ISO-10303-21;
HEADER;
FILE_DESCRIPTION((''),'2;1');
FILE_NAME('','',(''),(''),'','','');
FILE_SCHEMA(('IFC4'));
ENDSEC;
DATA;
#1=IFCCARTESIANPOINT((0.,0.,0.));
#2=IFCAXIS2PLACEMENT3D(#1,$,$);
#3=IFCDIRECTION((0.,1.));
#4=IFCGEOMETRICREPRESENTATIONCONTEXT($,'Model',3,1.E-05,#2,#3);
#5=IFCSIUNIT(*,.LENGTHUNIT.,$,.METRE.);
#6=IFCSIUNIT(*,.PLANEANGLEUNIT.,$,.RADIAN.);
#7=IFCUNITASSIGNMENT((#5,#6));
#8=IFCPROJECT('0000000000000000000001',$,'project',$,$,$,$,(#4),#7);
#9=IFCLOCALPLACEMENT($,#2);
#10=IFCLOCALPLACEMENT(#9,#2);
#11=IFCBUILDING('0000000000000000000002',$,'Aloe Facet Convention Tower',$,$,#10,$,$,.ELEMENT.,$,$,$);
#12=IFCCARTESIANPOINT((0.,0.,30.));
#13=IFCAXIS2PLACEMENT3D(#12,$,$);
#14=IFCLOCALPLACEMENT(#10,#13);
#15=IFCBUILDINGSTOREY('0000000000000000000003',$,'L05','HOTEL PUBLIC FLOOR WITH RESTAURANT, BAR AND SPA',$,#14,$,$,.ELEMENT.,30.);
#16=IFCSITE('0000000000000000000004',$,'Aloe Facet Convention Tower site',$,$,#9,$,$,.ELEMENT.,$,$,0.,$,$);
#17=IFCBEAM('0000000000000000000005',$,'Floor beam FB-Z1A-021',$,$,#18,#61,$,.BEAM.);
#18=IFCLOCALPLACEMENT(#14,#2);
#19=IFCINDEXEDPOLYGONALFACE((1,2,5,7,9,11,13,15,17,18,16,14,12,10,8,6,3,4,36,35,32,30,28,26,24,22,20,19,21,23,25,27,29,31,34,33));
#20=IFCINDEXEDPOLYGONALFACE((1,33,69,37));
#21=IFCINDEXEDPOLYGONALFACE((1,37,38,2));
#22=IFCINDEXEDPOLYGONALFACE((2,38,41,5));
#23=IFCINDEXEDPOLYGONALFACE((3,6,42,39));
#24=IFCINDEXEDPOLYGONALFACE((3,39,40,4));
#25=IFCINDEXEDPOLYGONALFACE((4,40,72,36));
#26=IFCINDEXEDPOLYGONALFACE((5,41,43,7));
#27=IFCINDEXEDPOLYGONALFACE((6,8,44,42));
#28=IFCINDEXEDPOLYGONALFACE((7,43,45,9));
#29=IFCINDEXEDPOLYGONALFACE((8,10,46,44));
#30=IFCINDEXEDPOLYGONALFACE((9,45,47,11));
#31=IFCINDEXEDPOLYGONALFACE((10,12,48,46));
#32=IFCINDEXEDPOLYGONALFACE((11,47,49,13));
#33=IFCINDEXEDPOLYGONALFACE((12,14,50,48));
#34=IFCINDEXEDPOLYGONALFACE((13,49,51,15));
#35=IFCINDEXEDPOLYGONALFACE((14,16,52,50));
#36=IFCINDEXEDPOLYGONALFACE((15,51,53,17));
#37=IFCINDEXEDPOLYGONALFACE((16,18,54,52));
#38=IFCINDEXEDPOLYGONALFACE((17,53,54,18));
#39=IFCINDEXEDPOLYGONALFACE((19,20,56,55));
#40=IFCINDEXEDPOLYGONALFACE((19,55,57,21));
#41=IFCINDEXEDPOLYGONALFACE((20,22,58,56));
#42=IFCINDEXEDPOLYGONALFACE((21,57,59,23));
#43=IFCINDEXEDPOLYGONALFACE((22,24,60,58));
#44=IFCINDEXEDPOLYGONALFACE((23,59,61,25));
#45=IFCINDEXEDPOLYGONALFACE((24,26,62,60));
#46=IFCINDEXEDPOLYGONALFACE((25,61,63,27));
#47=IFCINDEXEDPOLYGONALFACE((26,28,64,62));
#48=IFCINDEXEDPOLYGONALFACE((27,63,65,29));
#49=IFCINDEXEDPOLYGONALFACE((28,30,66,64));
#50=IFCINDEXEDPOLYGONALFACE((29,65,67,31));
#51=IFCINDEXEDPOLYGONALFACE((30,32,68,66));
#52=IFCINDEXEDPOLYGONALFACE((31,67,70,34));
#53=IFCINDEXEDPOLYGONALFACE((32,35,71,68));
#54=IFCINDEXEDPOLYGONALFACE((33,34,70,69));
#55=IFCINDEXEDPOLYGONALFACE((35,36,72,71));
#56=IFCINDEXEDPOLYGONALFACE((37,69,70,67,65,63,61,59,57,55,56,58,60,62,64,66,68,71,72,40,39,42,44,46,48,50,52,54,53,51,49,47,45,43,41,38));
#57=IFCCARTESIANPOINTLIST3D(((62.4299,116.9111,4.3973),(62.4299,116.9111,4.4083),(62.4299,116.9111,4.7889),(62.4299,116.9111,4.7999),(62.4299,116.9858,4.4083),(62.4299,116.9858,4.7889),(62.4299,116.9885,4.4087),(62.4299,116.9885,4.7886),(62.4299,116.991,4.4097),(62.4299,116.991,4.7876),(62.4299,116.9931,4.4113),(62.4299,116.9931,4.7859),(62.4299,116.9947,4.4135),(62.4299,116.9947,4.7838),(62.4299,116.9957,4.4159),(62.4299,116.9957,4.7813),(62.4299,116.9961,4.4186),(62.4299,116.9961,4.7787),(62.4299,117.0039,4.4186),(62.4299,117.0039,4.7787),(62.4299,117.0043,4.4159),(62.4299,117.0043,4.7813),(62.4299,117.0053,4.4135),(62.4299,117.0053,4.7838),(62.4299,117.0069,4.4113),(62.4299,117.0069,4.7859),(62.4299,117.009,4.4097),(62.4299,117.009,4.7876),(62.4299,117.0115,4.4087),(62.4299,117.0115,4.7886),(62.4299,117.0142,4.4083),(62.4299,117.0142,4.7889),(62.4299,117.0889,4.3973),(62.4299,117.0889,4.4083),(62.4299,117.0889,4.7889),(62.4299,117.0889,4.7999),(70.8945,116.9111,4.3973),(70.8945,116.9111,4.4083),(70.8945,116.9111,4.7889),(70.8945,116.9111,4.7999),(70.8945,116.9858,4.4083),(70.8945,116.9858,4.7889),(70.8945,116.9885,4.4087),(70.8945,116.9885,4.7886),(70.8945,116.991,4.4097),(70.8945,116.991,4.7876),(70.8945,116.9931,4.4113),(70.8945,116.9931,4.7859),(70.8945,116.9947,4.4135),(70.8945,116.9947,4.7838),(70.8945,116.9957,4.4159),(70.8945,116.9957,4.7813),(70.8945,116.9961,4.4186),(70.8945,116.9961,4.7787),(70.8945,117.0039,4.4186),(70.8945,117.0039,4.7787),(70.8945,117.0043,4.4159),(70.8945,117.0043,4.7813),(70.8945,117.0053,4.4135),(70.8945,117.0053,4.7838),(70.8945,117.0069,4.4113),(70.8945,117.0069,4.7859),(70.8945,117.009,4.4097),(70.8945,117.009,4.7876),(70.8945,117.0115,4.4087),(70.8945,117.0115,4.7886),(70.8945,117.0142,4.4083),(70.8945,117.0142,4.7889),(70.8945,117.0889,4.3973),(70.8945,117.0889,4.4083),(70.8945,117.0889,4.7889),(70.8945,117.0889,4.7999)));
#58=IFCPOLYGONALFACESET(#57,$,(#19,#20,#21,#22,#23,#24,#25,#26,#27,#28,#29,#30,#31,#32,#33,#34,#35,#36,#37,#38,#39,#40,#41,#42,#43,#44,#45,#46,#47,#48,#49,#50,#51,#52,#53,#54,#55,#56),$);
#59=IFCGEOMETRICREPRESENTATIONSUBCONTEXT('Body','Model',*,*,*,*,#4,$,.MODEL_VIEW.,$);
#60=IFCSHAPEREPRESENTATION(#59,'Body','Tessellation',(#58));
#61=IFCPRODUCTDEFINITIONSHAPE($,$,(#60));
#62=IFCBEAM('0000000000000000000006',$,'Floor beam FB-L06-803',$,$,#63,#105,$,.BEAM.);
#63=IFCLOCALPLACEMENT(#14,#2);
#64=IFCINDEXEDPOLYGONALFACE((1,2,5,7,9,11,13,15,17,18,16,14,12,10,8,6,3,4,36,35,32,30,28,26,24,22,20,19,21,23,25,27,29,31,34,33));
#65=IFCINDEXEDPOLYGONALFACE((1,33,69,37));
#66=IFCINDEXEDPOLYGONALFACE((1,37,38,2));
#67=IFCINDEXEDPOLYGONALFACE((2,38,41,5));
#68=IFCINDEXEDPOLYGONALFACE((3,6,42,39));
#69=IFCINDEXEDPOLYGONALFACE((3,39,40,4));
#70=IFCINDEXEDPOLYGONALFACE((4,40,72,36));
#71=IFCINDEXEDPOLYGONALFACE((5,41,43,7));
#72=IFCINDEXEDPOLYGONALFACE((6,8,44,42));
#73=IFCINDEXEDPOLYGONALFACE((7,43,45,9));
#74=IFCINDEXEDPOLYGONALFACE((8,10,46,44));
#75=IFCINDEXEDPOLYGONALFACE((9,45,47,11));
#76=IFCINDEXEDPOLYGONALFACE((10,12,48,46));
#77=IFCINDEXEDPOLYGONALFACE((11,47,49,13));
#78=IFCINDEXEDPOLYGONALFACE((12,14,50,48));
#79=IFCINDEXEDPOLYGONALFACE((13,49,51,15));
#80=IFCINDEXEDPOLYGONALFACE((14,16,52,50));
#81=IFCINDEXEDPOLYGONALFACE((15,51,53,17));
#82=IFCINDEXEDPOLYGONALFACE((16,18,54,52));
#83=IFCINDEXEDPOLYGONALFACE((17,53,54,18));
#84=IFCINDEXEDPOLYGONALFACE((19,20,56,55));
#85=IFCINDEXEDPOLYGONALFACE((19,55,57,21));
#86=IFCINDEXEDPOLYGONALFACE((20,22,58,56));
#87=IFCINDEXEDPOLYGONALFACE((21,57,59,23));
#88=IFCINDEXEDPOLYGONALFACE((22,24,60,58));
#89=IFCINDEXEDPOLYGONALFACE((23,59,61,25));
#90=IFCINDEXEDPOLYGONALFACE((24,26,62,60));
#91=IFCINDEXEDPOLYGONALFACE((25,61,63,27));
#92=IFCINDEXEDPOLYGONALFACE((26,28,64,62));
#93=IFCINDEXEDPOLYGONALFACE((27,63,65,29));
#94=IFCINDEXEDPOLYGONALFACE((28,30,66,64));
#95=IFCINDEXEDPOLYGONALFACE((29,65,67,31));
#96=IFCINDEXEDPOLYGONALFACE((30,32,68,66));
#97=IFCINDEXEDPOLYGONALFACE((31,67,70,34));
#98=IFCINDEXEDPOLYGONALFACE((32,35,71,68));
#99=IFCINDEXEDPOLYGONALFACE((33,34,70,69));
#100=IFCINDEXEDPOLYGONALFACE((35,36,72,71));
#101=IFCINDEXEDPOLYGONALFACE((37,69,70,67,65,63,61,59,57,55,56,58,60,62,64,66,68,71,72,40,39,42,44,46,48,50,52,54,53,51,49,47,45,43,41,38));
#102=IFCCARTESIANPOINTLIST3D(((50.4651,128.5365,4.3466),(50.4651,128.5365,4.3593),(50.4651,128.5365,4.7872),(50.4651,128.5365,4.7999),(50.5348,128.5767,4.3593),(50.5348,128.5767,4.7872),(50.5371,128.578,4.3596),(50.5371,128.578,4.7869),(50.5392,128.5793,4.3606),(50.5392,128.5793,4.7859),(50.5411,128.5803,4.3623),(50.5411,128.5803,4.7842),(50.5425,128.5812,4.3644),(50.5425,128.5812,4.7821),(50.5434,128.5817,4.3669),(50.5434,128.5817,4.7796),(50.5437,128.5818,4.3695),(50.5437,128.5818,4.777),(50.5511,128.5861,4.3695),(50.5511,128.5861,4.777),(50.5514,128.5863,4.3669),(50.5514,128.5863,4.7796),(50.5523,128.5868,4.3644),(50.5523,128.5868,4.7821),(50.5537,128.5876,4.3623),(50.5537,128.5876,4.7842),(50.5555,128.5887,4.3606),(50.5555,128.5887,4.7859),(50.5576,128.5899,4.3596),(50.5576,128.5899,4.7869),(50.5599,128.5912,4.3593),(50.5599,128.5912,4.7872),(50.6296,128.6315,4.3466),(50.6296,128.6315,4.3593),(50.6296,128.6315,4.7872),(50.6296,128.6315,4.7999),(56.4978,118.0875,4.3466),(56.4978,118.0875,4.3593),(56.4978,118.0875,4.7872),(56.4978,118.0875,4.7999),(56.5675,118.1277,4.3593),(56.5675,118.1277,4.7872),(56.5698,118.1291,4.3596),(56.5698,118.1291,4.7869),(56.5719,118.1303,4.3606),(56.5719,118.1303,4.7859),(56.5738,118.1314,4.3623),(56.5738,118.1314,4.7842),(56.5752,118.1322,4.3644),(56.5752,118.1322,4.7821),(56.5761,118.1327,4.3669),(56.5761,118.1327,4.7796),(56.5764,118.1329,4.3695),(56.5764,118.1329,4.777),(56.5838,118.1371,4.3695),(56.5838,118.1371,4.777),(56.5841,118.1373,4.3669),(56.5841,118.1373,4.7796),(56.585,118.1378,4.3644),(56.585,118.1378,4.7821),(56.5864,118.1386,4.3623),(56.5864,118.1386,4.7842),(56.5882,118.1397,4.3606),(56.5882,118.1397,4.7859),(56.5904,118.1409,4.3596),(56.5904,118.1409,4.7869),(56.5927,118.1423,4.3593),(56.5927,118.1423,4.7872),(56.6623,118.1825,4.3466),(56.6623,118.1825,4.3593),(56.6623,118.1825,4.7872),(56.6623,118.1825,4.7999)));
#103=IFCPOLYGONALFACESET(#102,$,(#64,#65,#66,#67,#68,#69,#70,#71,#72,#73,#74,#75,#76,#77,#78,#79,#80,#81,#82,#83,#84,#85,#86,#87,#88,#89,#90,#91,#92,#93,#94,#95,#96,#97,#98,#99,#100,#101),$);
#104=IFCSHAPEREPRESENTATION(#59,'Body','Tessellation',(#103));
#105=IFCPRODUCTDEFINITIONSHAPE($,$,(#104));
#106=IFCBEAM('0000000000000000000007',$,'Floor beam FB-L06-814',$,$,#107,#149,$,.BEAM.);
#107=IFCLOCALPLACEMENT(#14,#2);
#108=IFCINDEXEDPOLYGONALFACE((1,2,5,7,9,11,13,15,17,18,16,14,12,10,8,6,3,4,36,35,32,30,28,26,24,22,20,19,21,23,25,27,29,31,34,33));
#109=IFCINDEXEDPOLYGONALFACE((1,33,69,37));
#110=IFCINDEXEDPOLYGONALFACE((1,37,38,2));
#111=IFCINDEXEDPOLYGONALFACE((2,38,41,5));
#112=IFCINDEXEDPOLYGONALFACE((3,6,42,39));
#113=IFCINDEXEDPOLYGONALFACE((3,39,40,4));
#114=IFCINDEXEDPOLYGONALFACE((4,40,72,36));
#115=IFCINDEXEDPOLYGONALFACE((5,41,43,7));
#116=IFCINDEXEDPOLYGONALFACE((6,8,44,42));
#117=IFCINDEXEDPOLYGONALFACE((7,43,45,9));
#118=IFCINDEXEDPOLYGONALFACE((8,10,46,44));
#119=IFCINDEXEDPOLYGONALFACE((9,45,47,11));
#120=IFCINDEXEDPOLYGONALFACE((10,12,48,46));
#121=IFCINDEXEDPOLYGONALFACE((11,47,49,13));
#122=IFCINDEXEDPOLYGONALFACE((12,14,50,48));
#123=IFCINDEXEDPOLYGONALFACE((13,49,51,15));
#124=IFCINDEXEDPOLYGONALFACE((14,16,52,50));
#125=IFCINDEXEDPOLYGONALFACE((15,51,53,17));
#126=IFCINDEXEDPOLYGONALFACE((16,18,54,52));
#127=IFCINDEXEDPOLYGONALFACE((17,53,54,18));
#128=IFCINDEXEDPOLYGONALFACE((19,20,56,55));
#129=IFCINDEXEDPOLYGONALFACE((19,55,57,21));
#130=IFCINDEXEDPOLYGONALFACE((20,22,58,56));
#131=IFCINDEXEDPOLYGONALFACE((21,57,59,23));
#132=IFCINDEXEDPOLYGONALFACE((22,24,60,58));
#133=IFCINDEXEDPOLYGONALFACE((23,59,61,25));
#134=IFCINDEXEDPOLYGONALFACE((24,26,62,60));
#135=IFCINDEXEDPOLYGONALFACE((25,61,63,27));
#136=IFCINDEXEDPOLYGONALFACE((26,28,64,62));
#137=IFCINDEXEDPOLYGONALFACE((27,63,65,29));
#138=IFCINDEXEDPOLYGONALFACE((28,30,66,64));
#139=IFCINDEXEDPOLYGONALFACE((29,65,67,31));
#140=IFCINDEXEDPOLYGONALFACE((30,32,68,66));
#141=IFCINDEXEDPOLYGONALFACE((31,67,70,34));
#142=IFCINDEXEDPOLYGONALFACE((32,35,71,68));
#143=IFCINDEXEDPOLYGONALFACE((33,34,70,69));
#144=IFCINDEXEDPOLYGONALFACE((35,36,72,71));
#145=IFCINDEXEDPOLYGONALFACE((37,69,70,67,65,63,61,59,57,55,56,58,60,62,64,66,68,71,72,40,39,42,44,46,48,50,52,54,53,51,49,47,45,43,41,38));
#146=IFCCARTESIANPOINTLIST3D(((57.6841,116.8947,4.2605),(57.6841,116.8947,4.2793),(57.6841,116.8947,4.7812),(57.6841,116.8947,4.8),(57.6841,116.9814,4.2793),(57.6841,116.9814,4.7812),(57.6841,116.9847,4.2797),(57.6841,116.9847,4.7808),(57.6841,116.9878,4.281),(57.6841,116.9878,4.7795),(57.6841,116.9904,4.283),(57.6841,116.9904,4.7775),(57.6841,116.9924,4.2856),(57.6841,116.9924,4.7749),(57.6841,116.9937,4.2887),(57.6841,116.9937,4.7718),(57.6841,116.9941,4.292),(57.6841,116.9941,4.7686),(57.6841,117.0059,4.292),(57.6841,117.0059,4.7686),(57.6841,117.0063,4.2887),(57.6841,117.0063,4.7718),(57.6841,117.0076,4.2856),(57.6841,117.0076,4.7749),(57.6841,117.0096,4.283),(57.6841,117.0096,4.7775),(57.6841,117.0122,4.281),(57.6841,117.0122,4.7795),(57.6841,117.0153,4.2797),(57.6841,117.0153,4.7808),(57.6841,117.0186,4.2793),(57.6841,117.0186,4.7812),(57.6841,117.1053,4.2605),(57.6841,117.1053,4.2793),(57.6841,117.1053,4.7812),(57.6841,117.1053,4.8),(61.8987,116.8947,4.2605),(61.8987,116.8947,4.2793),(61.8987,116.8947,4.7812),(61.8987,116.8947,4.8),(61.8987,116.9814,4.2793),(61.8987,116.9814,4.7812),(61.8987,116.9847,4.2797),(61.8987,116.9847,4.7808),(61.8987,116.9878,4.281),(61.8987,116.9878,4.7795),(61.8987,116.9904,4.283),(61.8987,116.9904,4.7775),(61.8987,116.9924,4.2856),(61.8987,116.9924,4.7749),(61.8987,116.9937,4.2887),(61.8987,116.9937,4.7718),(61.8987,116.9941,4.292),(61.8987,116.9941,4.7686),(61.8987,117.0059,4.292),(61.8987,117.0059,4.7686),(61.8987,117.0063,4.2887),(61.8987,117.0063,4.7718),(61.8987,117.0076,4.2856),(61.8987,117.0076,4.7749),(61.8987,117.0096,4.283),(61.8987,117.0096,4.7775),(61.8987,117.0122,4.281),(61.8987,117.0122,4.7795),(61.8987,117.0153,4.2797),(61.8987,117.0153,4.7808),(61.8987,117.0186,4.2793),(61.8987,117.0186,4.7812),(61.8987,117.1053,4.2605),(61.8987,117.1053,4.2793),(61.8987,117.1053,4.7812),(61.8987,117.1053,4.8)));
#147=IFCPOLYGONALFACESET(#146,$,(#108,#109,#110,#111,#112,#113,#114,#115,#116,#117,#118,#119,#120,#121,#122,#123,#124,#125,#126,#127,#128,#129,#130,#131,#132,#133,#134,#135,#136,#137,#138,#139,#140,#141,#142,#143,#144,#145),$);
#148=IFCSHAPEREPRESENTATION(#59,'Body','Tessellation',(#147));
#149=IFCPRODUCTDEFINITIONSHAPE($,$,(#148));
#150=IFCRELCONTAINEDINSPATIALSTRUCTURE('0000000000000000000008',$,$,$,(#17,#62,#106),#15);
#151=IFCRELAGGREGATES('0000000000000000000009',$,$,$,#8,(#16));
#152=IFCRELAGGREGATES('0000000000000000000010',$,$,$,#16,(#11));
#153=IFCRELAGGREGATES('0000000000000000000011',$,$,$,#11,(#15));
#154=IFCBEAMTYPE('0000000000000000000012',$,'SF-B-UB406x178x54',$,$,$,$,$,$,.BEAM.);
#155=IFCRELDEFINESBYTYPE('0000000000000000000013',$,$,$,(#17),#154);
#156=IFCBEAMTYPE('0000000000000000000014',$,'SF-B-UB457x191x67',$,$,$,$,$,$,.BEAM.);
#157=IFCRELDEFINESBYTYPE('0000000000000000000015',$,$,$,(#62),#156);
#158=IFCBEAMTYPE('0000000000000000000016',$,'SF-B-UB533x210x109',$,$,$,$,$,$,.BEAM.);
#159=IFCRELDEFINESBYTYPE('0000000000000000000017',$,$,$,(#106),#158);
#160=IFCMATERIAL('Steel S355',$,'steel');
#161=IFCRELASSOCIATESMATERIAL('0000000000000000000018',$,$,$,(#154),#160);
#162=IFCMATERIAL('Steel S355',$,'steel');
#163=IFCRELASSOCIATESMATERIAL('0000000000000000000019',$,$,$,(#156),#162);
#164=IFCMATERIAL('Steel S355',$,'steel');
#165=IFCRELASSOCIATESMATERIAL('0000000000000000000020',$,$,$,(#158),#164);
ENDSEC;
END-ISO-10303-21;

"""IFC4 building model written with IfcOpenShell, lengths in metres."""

from ifc_helpers import new_model, si_unit, direction, frame, origin, origin_2d, place, context, subcontext, project, spatial, i_section, extrude, material, material_profile, profile_set, type_object, element, save


model = new_model("IFC4")

# Units and contexts
model_context = context("Model", 3, precision=1e-05, world=origin(), true_north=direction((0.0, 1.0)))
body_context = subcontext(model_context, "Body", "Model", "MODEL_VIEW")
ifc_project = project(units=[si_unit("LENGTHUNIT", "METRE"), si_unit("PLANEANGLEUNIT", "RADIAN")], contexts=[model_context])

# Site, building, storey
site_placement = place(None, origin())
site = spatial("IfcSite", under=ifc_project, at=site_placement, Name="Aloe Facet Convention Tower site", CompositionType="ELEMENT", RefElevation=0.0)
building_placement = place(site_placement, origin())
building = spatial("IfcBuilding", under=site, at=building_placement, Name="Aloe Facet Convention Tower", CompositionType="ELEMENT")
storey_placement = place(building_placement, frame((0.0, 0.0, 30.0)))
storey = spatial("IfcBuildingStorey", under=building, at=storey_placement, Name="L05", Description="HOTEL PUBLIC FLOOR WITH RESTAURANT, BAR AND SPA", CompositionType="ELEMENT", Elevation=30.0)

# Beams
ifc_material_1 = material(Name="Steel S355", Category="steel")
ifc_material_profile_1 = material_profile(ifc_material_1, i_section(OverallWidth=0.1777, OverallDepth=0.4026, WebThickness=0.0078, FlangeThickness=0.011, FilletRadius=0.0103, at=origin_2d()), Name="UB 406x178x54")
ifc_profile_set_1 = profile_set([ifc_material_profile_1], Name="Steel S355")
beam_type_1 = type_object("IfcBeamType", Name="SF-B-UB406x178x54", PredefinedType="BEAM", material=ifc_profile_set_1)
beam_1_placement = place(storey_placement, frame((62.4299, 117.0, 4.5986), z_axis=(1.0, 0.0, 0.0), x_axis=(0.0, 1.0, 0.0)))
element("IfcBeam", 1, at=beam_1_placement, inside=storey, type_object=beam_type_1, Name="Floor beam FB-Z1A-021", PredefinedType="BEAM", context=body_context, shape_type="SweptSolid", body=[
    extrude(i_section(OverallWidth=0.1777, OverallDepth=0.4026, WebThickness=0.0078, FlangeThickness=0.011, FilletRadius=0.0103, at=origin_2d()), origin(), (0.0, 0.0, 1.0), 8.4646),
])
ifc_material_2 = material(Name="Steel S355", Category="steel")
ifc_material_profile_2 = material_profile(ifc_material_2, i_section(OverallWidth=0.1899, OverallDepth=0.4534, WebThickness=0.0085, FlangeThickness=0.0127, FilletRadius=0.0103, at=origin_2d()), Name="UB 457x191x67")
ifc_profile_set_2 = profile_set([ifc_material_profile_2], Name="Steel S355")
beam_type_2 = type_object("IfcBeamType", Name="SF-B-UB457x191x67", PredefinedType="BEAM", material=ifc_profile_set_2)
beam_2_placement = place(storey_placement, frame((56.5801, 118.135, 4.5732), z_axis=(-0.5, 0.866026, 0.0), x_axis=(-0.866026, -0.5, 0.0)))
element("IfcBeam", 2, at=beam_2_placement, inside=storey, type_object=beam_type_2, Name="Floor beam FB-L06-803", PredefinedType="BEAM", context=body_context, shape_type="SweptSolid", body=[
    extrude(i_section(OverallWidth=0.1899, OverallDepth=0.4534, WebThickness=0.0085, FlangeThickness=0.0127, FilletRadius=0.0103, at=origin_2d()), origin(), (0.0, 0.0, 1.0), 12.0654),
])
ifc_material_3 = material(Name="Steel S355", Category="steel")
ifc_material_profile_3 = material_profile(ifc_material_3, i_section(OverallWidth=0.2107, OverallDepth=0.5396, WebThickness=0.0117, FlangeThickness=0.0188, FilletRadius=0.0127, at=origin_2d()), Name="UB 533x210x109")
ifc_profile_set_3 = profile_set([ifc_material_profile_3], Name="Steel S355")
beam_type_3 = type_object("IfcBeamType", Name="SF-B-UB533x210x109", PredefinedType="BEAM", material=ifc_profile_set_3)
beam_3_placement = place(storey_placement, frame((57.6841, 117.0, 4.5303), z_axis=(1.0, 0.0, 0.0), x_axis=(0.0, 1.0, 0.0)))
element("IfcBeam", 3, at=beam_3_placement, inside=storey, type_object=beam_type_3, Name="Floor beam FB-L06-814", PredefinedType="BEAM", context=body_context, shape_type="SweptSolid", body=[
    extrude(i_section(OverallWidth=0.2107, OverallDepth=0.5396, WebThickness=0.0117, FlangeThickness=0.0188, FilletRadius=0.0127, at=origin_2d()), origin(), (0.0, 0.0, 1.0), 4.2146),
])

save(model, "model.ifc")
